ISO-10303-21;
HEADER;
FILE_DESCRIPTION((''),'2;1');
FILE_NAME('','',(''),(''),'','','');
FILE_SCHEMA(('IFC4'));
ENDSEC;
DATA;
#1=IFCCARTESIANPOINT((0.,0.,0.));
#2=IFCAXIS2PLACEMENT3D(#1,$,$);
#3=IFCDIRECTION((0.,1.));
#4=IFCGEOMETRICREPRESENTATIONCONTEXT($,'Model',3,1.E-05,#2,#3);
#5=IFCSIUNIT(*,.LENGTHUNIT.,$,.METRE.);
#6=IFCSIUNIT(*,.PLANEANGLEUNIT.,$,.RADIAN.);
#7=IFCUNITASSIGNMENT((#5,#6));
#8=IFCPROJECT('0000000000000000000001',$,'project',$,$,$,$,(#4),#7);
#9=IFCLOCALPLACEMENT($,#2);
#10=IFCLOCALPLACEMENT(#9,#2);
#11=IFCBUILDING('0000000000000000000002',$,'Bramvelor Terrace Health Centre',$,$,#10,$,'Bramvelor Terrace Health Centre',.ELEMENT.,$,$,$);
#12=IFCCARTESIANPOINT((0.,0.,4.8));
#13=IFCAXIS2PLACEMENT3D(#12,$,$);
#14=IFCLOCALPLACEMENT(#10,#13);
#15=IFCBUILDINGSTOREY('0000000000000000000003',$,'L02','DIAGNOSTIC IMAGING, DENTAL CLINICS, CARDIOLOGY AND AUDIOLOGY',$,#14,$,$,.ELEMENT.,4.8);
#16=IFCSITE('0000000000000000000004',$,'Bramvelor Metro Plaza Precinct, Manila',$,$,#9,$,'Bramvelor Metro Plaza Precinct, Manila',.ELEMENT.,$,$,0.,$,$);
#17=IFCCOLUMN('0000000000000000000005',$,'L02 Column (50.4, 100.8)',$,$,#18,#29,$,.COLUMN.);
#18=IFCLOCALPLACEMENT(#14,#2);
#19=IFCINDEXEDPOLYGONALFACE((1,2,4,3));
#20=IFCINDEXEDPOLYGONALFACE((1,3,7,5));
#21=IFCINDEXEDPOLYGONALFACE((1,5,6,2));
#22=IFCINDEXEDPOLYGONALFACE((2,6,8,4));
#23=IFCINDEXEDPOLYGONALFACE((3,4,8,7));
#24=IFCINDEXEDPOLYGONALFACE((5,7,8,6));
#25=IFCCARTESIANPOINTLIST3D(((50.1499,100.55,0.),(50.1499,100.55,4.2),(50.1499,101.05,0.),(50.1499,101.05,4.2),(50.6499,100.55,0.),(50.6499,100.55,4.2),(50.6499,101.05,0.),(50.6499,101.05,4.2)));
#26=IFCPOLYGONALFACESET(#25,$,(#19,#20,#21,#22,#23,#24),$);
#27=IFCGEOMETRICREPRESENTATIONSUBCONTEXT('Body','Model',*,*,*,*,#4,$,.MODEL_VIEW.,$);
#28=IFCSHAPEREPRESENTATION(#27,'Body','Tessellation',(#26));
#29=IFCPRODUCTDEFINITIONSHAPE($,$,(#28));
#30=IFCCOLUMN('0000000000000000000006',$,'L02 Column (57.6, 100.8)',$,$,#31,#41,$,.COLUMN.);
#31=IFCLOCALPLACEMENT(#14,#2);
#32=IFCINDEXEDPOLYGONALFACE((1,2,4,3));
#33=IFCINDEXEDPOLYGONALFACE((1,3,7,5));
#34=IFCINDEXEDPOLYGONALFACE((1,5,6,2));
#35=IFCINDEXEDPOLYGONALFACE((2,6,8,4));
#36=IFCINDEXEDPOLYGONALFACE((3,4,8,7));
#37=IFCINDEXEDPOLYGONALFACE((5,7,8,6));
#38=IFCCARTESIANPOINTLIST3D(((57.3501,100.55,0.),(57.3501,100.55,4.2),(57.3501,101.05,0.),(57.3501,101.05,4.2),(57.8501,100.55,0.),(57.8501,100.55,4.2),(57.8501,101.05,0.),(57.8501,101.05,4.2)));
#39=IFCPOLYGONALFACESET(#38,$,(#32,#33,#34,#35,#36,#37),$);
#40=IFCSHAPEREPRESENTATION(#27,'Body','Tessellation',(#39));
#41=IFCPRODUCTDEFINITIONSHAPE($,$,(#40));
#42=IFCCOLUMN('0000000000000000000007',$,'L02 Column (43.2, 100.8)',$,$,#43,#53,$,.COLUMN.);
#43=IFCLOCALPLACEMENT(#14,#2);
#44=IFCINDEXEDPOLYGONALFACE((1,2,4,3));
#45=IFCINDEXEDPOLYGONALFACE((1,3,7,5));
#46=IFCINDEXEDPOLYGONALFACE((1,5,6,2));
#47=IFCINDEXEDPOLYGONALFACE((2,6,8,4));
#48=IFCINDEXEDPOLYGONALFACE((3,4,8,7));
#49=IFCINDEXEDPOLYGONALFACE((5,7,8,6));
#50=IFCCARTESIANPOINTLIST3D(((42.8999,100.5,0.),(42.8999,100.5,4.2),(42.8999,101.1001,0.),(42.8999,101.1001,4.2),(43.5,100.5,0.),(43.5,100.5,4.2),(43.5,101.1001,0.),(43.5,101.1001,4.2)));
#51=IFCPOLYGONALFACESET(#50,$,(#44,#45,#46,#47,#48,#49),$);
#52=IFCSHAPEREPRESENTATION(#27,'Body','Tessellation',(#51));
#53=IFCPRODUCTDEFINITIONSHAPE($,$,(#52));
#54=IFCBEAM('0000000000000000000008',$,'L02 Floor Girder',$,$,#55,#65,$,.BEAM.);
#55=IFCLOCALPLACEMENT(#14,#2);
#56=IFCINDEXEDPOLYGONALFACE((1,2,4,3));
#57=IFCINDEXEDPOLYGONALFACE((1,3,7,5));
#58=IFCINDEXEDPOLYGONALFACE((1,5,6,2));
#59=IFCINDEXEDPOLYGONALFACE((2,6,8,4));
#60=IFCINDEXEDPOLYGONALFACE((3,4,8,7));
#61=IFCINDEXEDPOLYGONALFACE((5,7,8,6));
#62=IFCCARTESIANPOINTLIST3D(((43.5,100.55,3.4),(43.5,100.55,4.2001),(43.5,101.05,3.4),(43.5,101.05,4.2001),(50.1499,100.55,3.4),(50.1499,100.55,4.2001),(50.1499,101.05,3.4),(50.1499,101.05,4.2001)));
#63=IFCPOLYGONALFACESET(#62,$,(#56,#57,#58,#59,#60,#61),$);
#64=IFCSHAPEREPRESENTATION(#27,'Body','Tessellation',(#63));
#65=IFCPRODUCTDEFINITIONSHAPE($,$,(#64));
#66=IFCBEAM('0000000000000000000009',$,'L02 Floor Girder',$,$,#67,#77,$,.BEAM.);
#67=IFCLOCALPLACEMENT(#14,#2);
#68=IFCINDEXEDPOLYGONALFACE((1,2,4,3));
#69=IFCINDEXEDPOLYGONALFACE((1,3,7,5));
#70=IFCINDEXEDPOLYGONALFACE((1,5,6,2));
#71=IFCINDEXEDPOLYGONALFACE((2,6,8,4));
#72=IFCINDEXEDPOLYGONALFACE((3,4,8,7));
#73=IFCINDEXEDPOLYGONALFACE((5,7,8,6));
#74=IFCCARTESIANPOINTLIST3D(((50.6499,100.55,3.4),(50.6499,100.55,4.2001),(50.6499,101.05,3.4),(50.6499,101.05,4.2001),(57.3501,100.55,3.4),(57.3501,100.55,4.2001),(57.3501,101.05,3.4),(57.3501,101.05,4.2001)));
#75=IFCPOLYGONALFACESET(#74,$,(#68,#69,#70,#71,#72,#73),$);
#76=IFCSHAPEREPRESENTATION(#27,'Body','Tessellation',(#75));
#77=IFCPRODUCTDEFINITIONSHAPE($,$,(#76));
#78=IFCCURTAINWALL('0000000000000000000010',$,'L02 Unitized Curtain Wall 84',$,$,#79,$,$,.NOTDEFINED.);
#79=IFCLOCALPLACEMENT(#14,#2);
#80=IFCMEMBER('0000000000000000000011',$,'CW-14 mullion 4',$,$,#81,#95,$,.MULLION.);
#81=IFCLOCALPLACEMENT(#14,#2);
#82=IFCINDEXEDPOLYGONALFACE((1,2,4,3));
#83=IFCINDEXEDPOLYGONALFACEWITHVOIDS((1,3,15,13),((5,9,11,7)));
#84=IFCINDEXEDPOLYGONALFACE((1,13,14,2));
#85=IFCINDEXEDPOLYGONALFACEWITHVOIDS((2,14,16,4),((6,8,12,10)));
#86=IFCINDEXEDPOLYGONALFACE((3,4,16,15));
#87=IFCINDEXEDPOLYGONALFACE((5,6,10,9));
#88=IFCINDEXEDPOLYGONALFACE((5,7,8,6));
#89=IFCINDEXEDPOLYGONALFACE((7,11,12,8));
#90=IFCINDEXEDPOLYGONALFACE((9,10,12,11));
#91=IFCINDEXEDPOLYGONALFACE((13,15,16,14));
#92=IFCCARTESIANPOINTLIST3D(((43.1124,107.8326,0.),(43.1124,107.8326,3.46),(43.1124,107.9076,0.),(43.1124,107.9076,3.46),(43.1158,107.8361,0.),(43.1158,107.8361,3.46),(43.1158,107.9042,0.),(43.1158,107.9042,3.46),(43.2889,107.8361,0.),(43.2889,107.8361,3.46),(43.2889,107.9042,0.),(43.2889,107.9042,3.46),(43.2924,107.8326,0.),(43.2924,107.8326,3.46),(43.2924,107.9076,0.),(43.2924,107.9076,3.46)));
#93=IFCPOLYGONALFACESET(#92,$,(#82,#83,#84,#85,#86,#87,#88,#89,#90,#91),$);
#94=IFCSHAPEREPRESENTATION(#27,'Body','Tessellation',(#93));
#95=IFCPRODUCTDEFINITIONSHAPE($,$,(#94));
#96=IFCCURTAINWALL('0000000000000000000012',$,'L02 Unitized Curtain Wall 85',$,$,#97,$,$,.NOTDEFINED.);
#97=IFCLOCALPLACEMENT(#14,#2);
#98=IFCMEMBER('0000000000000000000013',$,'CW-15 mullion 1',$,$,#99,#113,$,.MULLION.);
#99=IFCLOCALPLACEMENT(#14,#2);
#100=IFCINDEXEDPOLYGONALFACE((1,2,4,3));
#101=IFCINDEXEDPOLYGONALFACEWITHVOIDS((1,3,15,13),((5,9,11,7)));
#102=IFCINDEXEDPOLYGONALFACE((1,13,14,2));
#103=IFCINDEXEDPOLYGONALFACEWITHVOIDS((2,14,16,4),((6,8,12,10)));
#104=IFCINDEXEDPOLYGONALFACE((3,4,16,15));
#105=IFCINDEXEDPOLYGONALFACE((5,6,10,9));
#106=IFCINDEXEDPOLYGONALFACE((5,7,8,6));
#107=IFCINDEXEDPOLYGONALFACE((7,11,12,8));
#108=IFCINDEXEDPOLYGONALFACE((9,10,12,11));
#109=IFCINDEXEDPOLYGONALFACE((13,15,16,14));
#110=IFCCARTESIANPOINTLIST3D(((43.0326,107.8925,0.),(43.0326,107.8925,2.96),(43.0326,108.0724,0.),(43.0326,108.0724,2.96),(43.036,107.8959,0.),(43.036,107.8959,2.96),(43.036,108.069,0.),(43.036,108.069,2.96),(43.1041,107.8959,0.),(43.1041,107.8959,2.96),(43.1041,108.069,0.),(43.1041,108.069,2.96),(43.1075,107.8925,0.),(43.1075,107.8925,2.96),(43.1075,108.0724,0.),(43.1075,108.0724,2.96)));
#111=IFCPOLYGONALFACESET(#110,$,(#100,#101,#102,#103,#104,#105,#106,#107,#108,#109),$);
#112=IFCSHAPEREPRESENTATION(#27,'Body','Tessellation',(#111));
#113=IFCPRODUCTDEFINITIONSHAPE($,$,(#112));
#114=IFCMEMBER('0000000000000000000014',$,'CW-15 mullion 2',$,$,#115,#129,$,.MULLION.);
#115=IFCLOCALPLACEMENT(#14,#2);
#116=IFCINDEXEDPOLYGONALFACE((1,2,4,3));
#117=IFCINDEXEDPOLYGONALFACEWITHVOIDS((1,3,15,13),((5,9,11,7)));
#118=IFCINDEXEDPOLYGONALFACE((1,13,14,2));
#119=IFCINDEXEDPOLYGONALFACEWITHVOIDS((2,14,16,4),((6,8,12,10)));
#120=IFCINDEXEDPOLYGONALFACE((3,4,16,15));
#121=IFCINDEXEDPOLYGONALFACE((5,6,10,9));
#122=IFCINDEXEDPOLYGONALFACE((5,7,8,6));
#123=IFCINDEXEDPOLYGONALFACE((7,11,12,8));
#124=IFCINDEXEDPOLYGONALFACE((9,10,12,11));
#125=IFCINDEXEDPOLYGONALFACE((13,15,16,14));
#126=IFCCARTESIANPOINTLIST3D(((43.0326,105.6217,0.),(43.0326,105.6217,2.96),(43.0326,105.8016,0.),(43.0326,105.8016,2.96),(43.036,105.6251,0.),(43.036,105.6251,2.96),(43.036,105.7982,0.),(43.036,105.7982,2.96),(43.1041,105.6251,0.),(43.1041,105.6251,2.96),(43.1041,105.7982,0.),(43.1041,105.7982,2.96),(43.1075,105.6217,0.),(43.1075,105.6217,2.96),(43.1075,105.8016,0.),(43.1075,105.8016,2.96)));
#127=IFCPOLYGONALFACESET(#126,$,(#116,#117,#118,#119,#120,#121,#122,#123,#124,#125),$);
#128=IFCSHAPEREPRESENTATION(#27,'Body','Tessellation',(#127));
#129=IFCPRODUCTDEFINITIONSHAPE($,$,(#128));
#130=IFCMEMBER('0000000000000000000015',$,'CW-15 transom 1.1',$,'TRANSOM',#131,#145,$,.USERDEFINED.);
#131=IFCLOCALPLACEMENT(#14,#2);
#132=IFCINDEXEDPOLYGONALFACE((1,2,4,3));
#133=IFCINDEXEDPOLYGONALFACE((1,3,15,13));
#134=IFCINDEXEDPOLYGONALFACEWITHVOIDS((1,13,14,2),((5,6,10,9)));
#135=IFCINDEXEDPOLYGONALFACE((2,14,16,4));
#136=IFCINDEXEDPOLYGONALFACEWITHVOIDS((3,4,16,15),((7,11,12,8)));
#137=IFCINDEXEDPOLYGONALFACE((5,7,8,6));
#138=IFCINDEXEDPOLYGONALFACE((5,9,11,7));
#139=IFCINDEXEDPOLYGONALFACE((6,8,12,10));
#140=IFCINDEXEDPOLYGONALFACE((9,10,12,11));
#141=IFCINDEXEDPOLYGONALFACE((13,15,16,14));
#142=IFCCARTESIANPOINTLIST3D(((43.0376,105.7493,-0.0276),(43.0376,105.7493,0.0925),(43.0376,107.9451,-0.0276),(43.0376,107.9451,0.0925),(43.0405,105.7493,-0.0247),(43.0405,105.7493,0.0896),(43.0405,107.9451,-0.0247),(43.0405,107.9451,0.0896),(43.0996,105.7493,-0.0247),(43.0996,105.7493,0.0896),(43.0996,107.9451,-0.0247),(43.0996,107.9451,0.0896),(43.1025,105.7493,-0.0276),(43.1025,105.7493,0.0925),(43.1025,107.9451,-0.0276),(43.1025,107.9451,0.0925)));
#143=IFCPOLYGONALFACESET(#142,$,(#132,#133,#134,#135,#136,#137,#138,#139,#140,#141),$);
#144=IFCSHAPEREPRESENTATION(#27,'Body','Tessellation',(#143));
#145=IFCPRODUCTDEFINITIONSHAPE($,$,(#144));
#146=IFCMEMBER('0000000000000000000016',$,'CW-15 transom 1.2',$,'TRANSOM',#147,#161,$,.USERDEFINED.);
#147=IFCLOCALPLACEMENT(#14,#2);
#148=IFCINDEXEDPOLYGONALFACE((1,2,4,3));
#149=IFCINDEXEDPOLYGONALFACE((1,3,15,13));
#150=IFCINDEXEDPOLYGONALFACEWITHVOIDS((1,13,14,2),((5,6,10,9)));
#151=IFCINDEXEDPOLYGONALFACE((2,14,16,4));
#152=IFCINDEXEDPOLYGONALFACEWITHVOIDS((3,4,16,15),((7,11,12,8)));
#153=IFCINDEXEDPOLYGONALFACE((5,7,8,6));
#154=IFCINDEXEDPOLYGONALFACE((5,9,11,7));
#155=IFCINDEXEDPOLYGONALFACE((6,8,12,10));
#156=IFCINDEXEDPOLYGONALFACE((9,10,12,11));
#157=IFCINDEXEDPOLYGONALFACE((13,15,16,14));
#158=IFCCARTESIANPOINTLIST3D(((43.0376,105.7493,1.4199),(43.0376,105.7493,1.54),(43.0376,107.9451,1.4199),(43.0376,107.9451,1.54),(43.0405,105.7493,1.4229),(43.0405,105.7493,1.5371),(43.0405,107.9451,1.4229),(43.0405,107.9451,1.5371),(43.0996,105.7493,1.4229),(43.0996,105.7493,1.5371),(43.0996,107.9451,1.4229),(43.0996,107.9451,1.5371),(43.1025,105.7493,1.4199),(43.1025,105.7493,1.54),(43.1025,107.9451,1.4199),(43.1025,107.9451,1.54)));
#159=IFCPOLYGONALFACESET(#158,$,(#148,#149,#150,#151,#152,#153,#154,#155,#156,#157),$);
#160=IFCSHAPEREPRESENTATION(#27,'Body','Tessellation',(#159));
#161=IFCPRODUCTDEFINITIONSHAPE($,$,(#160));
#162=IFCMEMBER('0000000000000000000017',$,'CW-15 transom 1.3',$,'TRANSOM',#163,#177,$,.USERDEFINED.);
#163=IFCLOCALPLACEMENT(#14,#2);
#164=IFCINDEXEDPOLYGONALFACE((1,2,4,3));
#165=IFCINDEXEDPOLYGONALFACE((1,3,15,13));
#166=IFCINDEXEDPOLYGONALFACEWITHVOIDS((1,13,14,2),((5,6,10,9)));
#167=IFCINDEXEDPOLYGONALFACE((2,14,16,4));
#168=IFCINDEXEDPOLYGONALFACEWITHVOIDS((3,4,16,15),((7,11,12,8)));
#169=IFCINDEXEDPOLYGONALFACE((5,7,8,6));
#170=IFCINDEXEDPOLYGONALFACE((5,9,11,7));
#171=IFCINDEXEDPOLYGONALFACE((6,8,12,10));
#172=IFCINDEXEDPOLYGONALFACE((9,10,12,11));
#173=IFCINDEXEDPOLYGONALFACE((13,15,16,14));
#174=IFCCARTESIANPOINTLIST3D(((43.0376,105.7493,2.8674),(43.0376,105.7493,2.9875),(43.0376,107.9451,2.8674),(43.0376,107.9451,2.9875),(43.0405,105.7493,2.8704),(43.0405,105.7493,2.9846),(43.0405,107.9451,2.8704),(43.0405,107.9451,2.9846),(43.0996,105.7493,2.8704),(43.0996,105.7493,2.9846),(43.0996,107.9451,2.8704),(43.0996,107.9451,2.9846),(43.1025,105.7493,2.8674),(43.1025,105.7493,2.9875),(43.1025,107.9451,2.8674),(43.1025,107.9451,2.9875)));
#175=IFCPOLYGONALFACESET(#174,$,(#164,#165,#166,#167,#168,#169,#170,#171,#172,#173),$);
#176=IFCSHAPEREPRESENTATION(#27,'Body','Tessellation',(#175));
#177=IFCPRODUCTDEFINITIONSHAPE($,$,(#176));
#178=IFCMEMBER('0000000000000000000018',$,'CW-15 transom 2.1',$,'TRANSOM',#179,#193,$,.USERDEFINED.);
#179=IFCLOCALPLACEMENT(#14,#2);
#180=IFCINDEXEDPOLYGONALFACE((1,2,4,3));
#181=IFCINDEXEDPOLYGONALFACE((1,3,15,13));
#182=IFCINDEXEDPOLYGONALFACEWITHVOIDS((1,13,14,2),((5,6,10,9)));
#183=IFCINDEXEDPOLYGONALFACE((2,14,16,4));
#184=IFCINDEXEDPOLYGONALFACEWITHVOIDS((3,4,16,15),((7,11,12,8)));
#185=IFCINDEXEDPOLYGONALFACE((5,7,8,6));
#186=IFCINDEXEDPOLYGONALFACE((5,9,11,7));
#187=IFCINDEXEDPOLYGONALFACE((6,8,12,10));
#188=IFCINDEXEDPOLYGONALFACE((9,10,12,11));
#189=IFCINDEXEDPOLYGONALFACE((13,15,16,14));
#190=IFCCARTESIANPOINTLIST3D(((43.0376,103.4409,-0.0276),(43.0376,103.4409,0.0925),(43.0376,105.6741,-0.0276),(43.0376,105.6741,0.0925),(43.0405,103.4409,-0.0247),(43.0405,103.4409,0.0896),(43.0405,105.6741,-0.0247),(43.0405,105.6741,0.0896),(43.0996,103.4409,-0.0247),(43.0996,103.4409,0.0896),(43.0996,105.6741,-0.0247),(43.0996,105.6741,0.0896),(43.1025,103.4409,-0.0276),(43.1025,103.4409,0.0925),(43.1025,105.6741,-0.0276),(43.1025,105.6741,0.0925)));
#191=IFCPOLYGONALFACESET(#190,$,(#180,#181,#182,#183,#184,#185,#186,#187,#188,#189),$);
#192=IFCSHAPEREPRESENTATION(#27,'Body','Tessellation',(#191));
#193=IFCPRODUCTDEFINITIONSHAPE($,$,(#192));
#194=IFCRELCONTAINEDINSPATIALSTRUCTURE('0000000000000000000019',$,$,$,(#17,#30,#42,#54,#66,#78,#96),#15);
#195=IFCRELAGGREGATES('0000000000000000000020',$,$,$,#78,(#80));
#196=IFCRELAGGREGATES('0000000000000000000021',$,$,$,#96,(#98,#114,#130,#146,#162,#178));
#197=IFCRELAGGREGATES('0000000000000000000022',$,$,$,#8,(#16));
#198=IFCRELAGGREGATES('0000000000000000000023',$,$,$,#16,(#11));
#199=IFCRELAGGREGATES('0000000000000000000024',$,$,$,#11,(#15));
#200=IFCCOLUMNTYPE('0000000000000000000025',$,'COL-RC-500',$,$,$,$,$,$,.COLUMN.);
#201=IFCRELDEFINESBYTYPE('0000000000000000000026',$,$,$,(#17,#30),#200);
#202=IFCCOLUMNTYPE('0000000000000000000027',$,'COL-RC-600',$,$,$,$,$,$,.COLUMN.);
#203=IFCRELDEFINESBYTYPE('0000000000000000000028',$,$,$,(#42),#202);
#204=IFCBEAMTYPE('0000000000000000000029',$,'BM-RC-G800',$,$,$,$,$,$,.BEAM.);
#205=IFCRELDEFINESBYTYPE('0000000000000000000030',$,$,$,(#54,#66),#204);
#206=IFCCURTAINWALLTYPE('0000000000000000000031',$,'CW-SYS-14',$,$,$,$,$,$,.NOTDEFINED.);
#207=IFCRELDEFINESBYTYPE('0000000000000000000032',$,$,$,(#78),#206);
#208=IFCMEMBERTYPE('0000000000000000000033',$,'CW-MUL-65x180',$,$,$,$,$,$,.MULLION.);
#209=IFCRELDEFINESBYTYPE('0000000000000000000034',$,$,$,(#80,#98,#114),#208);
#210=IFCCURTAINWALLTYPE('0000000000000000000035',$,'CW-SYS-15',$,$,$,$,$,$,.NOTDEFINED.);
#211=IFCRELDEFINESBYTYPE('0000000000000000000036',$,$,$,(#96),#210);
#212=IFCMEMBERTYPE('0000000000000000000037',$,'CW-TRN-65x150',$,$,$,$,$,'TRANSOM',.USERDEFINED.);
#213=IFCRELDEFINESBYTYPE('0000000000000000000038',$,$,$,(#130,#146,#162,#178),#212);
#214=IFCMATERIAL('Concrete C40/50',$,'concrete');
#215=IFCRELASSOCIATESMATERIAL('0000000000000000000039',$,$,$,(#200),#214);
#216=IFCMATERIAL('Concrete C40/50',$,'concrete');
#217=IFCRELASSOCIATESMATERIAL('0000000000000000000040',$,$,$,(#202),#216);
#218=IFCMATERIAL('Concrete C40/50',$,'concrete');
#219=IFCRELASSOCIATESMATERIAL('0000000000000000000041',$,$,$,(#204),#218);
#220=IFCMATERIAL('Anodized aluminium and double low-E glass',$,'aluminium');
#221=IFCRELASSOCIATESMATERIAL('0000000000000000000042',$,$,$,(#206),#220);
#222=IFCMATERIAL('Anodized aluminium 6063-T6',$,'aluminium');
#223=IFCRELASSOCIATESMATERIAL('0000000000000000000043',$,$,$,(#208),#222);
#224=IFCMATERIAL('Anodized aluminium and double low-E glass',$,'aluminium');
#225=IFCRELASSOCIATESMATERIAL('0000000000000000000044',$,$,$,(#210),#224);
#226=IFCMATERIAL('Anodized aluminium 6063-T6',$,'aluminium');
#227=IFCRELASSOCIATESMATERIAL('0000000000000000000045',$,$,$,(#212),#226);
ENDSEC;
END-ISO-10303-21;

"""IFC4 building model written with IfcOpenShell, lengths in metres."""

from ifc_helpers import new_model, si_unit, direction, frame, origin, origin_2d, place, context, subcontext, project, spatial, rectangle, hollow_rectangle, extrude, material, material_profile, profile_set, type_object, element, aggregate, save


model = new_model("IFC4")

# Units and contexts
model_context = context("Model", 3, precision=1e-05, world=origin(), true_north=direction((0.0, 1.0)))
body_context = subcontext(model_context, "Body", "Model", "MODEL_VIEW")
ifc_project = project(units=[si_unit("LENGTHUNIT", "METRE"), si_unit("PLANEANGLEUNIT", "RADIAN")], contexts=[model_context])

# Site, building, storey
site_placement = place(None, origin())
site = spatial("IfcSite", under=ifc_project, at=site_placement, Name="Bramvelor Metro Plaza Precinct, Manila", LongName="Bramvelor Metro Plaza Precinct, Manila", CompositionType="ELEMENT", RefElevation=0.0)
building_placement = place(site_placement, origin())
building = spatial("IfcBuilding", under=site, at=building_placement, Name="Bramvelor Terrace Health Centre", LongName="Bramvelor Terrace Health Centre", CompositionType="ELEMENT")
storey_placement = place(building_placement, frame((0.0, 0.0, 4.8)))
storey = spatial("IfcBuildingStorey", under=building, at=storey_placement, Name="L02", Description="DIAGNOSTIC IMAGING, DENTAL CLINICS, CARDIOLOGY AND AUDIOLOGY", CompositionType="ELEMENT", Elevation=4.8)

# Columns
ifc_material_1 = material(Name="Concrete C40/50", Category="concrete")
ifc_material_profile_1 = material_profile(ifc_material_1, rectangle(XDim=0.5, YDim=0.5, at=origin_2d()), Name="RC 500x500")
ifc_profile_set_1 = profile_set([ifc_material_profile_1], Name="Concrete C40/50")
column_type_1 = type_object("IfcColumnType", Name="COL-RC-500", PredefinedType="COLUMN", material=ifc_profile_set_1)
for number, where, z_axis, x_axis, name in (
    (1, (50.3999, 100.8, 0.0), (0.0, 0.0, 1.0), (1.0, 0.0, 0.0), "L02 Column (50.4, 100.8)"),
    (2, (57.6001, 100.8, 0.0), (0.0, 0.0, 1.0), (1.0, 0.0, 0.0), "L02 Column (57.6, 100.8)"),
):
    element("IfcColumn", number, at=place(storey_placement, frame(where, z_axis=z_axis, x_axis=x_axis)), inside=storey, type_object=column_type_1, Name=name, PredefinedType="COLUMN", context=body_context, shape_type="SweptSolid", body=[
        extrude(rectangle(XDim=0.5, YDim=0.5, at=origin_2d()), origin(), (0.0, 0.0, 1.0), 4.2),
    ])
ifc_material_2 = material(Name="Concrete C40/50", Category="concrete")
ifc_material_profile_2 = material_profile(ifc_material_2, rectangle(XDim=0.6001, YDim=0.6001, at=origin_2d()), Name="RC 600x600")
ifc_profile_set_2 = profile_set([ifc_material_profile_2], Name="Concrete C40/50")
column_type_2 = type_object("IfcColumnType", Name="COL-RC-600", PredefinedType="COLUMN", material=ifc_profile_set_2)
column_placement = place(storey_placement, frame((43.2, 100.8, 0.0), z_axis=(0.0, 0.0, 1.0), x_axis=(1.0, 0.0, 0.0)))
element("IfcColumn", 3, at=column_placement, inside=storey, type_object=column_type_2, Name="L02 Column (43.2, 100.8)", PredefinedType="COLUMN", context=body_context, shape_type="SweptSolid", body=[
    extrude(rectangle(XDim=0.6001, YDim=0.6001, at=origin_2d()), origin(), (0.0, 0.0, 1.0), 4.2),
])

# Beams
ifc_material_3 = material(Name="Concrete C40/50", Category="concrete")
ifc_material_profile_3 = material_profile(ifc_material_3, rectangle(XDim=0.5, YDim=0.8, at=origin_2d()), Name="RC 500x800")
ifc_profile_set_3 = profile_set([ifc_material_profile_3], Name="Concrete C40/50")
beam_type = type_object("IfcBeamType", Name="BM-RC-G800", PredefinedType="BEAM", material=ifc_profile_set_3)
beam_1_placement = place(storey_placement, frame((43.5, 100.8, 3.8), z_axis=(1.0, 0.0, 0.0), x_axis=(0.0, 1.0, 0.0)))
element("IfcBeam", 4, at=beam_1_placement, inside=storey, type_object=beam_type, Name="L02 Floor Girder", PredefinedType="BEAM", context=body_context, shape_type="SweptSolid", body=[
    extrude(rectangle(XDim=0.5, YDim=0.8, at=origin_2d()), origin(), (0.0, 0.0, 1.0), 6.6499),
])
beam_2_placement = place(storey_placement, frame((50.6499, 100.8, 3.8), z_axis=(1.0, 0.0, 0.0), x_axis=(0.0, 1.0, 0.0)))
element("IfcBeam", 5, at=beam_2_placement, inside=storey, type_object=beam_type, Name="L02 Floor Girder", PredefinedType="BEAM", context=body_context, shape_type="SweptSolid", body=[
    extrude(rectangle(XDim=0.5, YDim=0.8, at=origin_2d()), origin(), (0.0, 0.0, 1.0), 6.7002),
])

# Curtain wall, member
ifc_material_4 = material(Name="Anodized aluminium and double low-E glass", Category="aluminium")
curtain_wall_type_1 = type_object("IfcCurtainWallType", Name="CW-SYS-14", PredefinedType="NOTDEFINED", material=ifc_material_4)
curtain_wall_1_placement = place(storey_placement, origin())
curtain_wall_1 = element("IfcCurtainWall", 6, at=curtain_wall_1_placement, inside=storey, type_object=curtain_wall_type_1, Name="L02 Unitized Curtain Wall 84", PredefinedType="NOTDEFINED")
ifc_material_5 = material(Name="Anodized aluminium 6063-T6", Category="aluminium")
ifc_material_profile_4 = material_profile(ifc_material_5, hollow_rectangle(XDim=0.075, YDim=0.1799, WallThickness=0.0034, at=origin_2d()), Name="ALU-MUL 75x180x3.5")
ifc_profile_set_4 = profile_set([ifc_material_profile_4], Name="Anodized aluminium 6063-T6")
member_type_1 = type_object("IfcMemberType", Name="CW-MUL-65x180", PredefinedType="MULLION", material=ifc_profile_set_4)
member_1_placement = place(storey_placement, frame((43.2024, 107.8701, 0.0), z_axis=(0.0, 0.0, 1.0), x_axis=(0.0, 1.0, 0.0)))
member_1 = element("IfcMember", 7, at=member_1_placement, type_object=member_type_1, Name="CW-14 mullion 4", PredefinedType="MULLION", context=body_context, shape_type="SweptSolid", body=[
    extrude(hollow_rectangle(XDim=0.075, YDim=0.1799, WallThickness=0.0034, at=origin_2d()), origin(), (0.0, 0.0, 1.0), 3.46),
])
aggregate(curtain_wall_1, [member_1])

# Curtain wall, members
ifc_material_6 = material(Name="Anodized aluminium and double low-E glass", Category="aluminium")
curtain_wall_type_2 = type_object("IfcCurtainWallType", Name="CW-SYS-15", PredefinedType="NOTDEFINED", material=ifc_material_6)
curtain_wall_2_placement = place(storey_placement, origin())
curtain_wall_2 = element("IfcCurtainWall", 8, at=curtain_wall_2_placement, inside=storey, type_object=curtain_wall_type_2, Name="L02 Unitized Curtain Wall 85", PredefinedType="NOTDEFINED")
member_2_placement = place(storey_placement, frame((43.0701, 107.9824, 0.0), z_axis=(0.0, 0.0, 1.0), x_axis=(1.0, 0.0, 0.0)))
member_2 = element("IfcMember", 9, at=member_2_placement, type_object=member_type_1, Name="CW-15 mullion 1", PredefinedType="MULLION", context=body_context, shape_type="SweptSolid", body=[
    extrude(hollow_rectangle(XDim=0.075, YDim=0.1799, WallThickness=0.0034, at=origin_2d()), origin(), (0.0, 0.0, 1.0), 2.96),
])
member_3_placement = place(storey_placement, frame((43.0701, 105.7117, 0.0), z_axis=(0.0, 0.0, 1.0), x_axis=(1.0, 0.0, 0.0)))
member_3 = element("IfcMember", 10, at=member_3_placement, type_object=member_type_1, Name="CW-15 mullion 2", PredefinedType="MULLION", context=body_context, shape_type="SweptSolid", body=[
    extrude(hollow_rectangle(XDim=0.075, YDim=0.1799, WallThickness=0.0034, at=origin_2d()), origin(), (0.0, 0.0, 1.0), 2.96),
])
ifc_material_7 = material(Name="Anodized aluminium 6063-T6", Category="aluminium")
ifc_material_profile_5 = material_profile(ifc_material_7, hollow_rectangle(XDim=0.0649, YDim=0.1201, WallThickness=0.0029, at=origin_2d()), Name="ALU-TRN 65x120x3.0")
ifc_profile_set_5 = profile_set([ifc_material_profile_5], Name="Anodized aluminium 6063-T6")
member_type_2 = type_object("IfcMemberType", Name="CW-TRN-65x150", ElementType="TRANSOM", PredefinedType="USERDEFINED", material=ifc_profile_set_5)
member_4_placement = place(storey_placement, frame((43.0701, 107.9451, 0.0325), z_axis=(0.0, -1.0, 0.0), x_axis=(1.0, 0.0, 0.0)))
member_4 = element("IfcMember", 11, at=member_4_placement, type_object=member_type_2, Name="CW-15 transom 1.1", ObjectType="TRANSOM", PredefinedType="USERDEFINED", context=body_context, shape_type="SweptSolid", body=[
    extrude(hollow_rectangle(XDim=0.0649, YDim=0.1201, WallThickness=0.0029, at=origin_2d()), origin(), (0.0, 0.0, 1.0), 2.1958),
])
member_5_placement = place(storey_placement, frame((43.0701, 107.9451, 1.48), z_axis=(0.0, -1.0, 0.0), x_axis=(1.0, 0.0, 0.0)))
member_5 = element("IfcMember", 12, at=member_5_placement, type_object=member_type_2, Name="CW-15 transom 1.2", ObjectType="TRANSOM", PredefinedType="USERDEFINED", context=body_context, shape_type="SweptSolid", body=[
    extrude(hollow_rectangle(XDim=0.0649, YDim=0.1201, WallThickness=0.0029, at=origin_2d()), origin(), (0.0, 0.0, 1.0), 2.1958),
])
member_6_placement = place(storey_placement, frame((43.0701, 107.9451, 2.9275), z_axis=(0.0, -1.0, 0.0), x_axis=(1.0, 0.0, 0.0)))
member_6 = element("IfcMember", 13, at=member_6_placement, type_object=member_type_2, Name="CW-15 transom 1.3", ObjectType="TRANSOM", PredefinedType="USERDEFINED", context=body_context, shape_type="SweptSolid", body=[
    extrude(hollow_rectangle(XDim=0.0649, YDim=0.1201, WallThickness=0.0029, at=origin_2d()), origin(), (0.0, 0.0, 1.0), 2.1958),
])
member_7_placement = place(storey_placement, frame((43.0701, 105.6741, 0.0325), z_axis=(0.0, -1.0, 0.0), x_axis=(1.0, 0.0, 0.0)))
member_7 = element("IfcMember", 14, at=member_7_placement, type_object=member_type_2, Name="CW-15 transom 2.1", ObjectType="TRANSOM", PredefinedType="USERDEFINED", context=body_context, shape_type="SweptSolid", body=[
    extrude(hollow_rectangle(XDim=0.0649, YDim=0.1201, WallThickness=0.0029, at=origin_2d()), origin(), (0.0, 0.0, 1.0), 2.2332),
])
aggregate(curtain_wall_2, [member_2, member_3, member_4, member_5, member_6, member_7])

save(model, "model.ifc")
